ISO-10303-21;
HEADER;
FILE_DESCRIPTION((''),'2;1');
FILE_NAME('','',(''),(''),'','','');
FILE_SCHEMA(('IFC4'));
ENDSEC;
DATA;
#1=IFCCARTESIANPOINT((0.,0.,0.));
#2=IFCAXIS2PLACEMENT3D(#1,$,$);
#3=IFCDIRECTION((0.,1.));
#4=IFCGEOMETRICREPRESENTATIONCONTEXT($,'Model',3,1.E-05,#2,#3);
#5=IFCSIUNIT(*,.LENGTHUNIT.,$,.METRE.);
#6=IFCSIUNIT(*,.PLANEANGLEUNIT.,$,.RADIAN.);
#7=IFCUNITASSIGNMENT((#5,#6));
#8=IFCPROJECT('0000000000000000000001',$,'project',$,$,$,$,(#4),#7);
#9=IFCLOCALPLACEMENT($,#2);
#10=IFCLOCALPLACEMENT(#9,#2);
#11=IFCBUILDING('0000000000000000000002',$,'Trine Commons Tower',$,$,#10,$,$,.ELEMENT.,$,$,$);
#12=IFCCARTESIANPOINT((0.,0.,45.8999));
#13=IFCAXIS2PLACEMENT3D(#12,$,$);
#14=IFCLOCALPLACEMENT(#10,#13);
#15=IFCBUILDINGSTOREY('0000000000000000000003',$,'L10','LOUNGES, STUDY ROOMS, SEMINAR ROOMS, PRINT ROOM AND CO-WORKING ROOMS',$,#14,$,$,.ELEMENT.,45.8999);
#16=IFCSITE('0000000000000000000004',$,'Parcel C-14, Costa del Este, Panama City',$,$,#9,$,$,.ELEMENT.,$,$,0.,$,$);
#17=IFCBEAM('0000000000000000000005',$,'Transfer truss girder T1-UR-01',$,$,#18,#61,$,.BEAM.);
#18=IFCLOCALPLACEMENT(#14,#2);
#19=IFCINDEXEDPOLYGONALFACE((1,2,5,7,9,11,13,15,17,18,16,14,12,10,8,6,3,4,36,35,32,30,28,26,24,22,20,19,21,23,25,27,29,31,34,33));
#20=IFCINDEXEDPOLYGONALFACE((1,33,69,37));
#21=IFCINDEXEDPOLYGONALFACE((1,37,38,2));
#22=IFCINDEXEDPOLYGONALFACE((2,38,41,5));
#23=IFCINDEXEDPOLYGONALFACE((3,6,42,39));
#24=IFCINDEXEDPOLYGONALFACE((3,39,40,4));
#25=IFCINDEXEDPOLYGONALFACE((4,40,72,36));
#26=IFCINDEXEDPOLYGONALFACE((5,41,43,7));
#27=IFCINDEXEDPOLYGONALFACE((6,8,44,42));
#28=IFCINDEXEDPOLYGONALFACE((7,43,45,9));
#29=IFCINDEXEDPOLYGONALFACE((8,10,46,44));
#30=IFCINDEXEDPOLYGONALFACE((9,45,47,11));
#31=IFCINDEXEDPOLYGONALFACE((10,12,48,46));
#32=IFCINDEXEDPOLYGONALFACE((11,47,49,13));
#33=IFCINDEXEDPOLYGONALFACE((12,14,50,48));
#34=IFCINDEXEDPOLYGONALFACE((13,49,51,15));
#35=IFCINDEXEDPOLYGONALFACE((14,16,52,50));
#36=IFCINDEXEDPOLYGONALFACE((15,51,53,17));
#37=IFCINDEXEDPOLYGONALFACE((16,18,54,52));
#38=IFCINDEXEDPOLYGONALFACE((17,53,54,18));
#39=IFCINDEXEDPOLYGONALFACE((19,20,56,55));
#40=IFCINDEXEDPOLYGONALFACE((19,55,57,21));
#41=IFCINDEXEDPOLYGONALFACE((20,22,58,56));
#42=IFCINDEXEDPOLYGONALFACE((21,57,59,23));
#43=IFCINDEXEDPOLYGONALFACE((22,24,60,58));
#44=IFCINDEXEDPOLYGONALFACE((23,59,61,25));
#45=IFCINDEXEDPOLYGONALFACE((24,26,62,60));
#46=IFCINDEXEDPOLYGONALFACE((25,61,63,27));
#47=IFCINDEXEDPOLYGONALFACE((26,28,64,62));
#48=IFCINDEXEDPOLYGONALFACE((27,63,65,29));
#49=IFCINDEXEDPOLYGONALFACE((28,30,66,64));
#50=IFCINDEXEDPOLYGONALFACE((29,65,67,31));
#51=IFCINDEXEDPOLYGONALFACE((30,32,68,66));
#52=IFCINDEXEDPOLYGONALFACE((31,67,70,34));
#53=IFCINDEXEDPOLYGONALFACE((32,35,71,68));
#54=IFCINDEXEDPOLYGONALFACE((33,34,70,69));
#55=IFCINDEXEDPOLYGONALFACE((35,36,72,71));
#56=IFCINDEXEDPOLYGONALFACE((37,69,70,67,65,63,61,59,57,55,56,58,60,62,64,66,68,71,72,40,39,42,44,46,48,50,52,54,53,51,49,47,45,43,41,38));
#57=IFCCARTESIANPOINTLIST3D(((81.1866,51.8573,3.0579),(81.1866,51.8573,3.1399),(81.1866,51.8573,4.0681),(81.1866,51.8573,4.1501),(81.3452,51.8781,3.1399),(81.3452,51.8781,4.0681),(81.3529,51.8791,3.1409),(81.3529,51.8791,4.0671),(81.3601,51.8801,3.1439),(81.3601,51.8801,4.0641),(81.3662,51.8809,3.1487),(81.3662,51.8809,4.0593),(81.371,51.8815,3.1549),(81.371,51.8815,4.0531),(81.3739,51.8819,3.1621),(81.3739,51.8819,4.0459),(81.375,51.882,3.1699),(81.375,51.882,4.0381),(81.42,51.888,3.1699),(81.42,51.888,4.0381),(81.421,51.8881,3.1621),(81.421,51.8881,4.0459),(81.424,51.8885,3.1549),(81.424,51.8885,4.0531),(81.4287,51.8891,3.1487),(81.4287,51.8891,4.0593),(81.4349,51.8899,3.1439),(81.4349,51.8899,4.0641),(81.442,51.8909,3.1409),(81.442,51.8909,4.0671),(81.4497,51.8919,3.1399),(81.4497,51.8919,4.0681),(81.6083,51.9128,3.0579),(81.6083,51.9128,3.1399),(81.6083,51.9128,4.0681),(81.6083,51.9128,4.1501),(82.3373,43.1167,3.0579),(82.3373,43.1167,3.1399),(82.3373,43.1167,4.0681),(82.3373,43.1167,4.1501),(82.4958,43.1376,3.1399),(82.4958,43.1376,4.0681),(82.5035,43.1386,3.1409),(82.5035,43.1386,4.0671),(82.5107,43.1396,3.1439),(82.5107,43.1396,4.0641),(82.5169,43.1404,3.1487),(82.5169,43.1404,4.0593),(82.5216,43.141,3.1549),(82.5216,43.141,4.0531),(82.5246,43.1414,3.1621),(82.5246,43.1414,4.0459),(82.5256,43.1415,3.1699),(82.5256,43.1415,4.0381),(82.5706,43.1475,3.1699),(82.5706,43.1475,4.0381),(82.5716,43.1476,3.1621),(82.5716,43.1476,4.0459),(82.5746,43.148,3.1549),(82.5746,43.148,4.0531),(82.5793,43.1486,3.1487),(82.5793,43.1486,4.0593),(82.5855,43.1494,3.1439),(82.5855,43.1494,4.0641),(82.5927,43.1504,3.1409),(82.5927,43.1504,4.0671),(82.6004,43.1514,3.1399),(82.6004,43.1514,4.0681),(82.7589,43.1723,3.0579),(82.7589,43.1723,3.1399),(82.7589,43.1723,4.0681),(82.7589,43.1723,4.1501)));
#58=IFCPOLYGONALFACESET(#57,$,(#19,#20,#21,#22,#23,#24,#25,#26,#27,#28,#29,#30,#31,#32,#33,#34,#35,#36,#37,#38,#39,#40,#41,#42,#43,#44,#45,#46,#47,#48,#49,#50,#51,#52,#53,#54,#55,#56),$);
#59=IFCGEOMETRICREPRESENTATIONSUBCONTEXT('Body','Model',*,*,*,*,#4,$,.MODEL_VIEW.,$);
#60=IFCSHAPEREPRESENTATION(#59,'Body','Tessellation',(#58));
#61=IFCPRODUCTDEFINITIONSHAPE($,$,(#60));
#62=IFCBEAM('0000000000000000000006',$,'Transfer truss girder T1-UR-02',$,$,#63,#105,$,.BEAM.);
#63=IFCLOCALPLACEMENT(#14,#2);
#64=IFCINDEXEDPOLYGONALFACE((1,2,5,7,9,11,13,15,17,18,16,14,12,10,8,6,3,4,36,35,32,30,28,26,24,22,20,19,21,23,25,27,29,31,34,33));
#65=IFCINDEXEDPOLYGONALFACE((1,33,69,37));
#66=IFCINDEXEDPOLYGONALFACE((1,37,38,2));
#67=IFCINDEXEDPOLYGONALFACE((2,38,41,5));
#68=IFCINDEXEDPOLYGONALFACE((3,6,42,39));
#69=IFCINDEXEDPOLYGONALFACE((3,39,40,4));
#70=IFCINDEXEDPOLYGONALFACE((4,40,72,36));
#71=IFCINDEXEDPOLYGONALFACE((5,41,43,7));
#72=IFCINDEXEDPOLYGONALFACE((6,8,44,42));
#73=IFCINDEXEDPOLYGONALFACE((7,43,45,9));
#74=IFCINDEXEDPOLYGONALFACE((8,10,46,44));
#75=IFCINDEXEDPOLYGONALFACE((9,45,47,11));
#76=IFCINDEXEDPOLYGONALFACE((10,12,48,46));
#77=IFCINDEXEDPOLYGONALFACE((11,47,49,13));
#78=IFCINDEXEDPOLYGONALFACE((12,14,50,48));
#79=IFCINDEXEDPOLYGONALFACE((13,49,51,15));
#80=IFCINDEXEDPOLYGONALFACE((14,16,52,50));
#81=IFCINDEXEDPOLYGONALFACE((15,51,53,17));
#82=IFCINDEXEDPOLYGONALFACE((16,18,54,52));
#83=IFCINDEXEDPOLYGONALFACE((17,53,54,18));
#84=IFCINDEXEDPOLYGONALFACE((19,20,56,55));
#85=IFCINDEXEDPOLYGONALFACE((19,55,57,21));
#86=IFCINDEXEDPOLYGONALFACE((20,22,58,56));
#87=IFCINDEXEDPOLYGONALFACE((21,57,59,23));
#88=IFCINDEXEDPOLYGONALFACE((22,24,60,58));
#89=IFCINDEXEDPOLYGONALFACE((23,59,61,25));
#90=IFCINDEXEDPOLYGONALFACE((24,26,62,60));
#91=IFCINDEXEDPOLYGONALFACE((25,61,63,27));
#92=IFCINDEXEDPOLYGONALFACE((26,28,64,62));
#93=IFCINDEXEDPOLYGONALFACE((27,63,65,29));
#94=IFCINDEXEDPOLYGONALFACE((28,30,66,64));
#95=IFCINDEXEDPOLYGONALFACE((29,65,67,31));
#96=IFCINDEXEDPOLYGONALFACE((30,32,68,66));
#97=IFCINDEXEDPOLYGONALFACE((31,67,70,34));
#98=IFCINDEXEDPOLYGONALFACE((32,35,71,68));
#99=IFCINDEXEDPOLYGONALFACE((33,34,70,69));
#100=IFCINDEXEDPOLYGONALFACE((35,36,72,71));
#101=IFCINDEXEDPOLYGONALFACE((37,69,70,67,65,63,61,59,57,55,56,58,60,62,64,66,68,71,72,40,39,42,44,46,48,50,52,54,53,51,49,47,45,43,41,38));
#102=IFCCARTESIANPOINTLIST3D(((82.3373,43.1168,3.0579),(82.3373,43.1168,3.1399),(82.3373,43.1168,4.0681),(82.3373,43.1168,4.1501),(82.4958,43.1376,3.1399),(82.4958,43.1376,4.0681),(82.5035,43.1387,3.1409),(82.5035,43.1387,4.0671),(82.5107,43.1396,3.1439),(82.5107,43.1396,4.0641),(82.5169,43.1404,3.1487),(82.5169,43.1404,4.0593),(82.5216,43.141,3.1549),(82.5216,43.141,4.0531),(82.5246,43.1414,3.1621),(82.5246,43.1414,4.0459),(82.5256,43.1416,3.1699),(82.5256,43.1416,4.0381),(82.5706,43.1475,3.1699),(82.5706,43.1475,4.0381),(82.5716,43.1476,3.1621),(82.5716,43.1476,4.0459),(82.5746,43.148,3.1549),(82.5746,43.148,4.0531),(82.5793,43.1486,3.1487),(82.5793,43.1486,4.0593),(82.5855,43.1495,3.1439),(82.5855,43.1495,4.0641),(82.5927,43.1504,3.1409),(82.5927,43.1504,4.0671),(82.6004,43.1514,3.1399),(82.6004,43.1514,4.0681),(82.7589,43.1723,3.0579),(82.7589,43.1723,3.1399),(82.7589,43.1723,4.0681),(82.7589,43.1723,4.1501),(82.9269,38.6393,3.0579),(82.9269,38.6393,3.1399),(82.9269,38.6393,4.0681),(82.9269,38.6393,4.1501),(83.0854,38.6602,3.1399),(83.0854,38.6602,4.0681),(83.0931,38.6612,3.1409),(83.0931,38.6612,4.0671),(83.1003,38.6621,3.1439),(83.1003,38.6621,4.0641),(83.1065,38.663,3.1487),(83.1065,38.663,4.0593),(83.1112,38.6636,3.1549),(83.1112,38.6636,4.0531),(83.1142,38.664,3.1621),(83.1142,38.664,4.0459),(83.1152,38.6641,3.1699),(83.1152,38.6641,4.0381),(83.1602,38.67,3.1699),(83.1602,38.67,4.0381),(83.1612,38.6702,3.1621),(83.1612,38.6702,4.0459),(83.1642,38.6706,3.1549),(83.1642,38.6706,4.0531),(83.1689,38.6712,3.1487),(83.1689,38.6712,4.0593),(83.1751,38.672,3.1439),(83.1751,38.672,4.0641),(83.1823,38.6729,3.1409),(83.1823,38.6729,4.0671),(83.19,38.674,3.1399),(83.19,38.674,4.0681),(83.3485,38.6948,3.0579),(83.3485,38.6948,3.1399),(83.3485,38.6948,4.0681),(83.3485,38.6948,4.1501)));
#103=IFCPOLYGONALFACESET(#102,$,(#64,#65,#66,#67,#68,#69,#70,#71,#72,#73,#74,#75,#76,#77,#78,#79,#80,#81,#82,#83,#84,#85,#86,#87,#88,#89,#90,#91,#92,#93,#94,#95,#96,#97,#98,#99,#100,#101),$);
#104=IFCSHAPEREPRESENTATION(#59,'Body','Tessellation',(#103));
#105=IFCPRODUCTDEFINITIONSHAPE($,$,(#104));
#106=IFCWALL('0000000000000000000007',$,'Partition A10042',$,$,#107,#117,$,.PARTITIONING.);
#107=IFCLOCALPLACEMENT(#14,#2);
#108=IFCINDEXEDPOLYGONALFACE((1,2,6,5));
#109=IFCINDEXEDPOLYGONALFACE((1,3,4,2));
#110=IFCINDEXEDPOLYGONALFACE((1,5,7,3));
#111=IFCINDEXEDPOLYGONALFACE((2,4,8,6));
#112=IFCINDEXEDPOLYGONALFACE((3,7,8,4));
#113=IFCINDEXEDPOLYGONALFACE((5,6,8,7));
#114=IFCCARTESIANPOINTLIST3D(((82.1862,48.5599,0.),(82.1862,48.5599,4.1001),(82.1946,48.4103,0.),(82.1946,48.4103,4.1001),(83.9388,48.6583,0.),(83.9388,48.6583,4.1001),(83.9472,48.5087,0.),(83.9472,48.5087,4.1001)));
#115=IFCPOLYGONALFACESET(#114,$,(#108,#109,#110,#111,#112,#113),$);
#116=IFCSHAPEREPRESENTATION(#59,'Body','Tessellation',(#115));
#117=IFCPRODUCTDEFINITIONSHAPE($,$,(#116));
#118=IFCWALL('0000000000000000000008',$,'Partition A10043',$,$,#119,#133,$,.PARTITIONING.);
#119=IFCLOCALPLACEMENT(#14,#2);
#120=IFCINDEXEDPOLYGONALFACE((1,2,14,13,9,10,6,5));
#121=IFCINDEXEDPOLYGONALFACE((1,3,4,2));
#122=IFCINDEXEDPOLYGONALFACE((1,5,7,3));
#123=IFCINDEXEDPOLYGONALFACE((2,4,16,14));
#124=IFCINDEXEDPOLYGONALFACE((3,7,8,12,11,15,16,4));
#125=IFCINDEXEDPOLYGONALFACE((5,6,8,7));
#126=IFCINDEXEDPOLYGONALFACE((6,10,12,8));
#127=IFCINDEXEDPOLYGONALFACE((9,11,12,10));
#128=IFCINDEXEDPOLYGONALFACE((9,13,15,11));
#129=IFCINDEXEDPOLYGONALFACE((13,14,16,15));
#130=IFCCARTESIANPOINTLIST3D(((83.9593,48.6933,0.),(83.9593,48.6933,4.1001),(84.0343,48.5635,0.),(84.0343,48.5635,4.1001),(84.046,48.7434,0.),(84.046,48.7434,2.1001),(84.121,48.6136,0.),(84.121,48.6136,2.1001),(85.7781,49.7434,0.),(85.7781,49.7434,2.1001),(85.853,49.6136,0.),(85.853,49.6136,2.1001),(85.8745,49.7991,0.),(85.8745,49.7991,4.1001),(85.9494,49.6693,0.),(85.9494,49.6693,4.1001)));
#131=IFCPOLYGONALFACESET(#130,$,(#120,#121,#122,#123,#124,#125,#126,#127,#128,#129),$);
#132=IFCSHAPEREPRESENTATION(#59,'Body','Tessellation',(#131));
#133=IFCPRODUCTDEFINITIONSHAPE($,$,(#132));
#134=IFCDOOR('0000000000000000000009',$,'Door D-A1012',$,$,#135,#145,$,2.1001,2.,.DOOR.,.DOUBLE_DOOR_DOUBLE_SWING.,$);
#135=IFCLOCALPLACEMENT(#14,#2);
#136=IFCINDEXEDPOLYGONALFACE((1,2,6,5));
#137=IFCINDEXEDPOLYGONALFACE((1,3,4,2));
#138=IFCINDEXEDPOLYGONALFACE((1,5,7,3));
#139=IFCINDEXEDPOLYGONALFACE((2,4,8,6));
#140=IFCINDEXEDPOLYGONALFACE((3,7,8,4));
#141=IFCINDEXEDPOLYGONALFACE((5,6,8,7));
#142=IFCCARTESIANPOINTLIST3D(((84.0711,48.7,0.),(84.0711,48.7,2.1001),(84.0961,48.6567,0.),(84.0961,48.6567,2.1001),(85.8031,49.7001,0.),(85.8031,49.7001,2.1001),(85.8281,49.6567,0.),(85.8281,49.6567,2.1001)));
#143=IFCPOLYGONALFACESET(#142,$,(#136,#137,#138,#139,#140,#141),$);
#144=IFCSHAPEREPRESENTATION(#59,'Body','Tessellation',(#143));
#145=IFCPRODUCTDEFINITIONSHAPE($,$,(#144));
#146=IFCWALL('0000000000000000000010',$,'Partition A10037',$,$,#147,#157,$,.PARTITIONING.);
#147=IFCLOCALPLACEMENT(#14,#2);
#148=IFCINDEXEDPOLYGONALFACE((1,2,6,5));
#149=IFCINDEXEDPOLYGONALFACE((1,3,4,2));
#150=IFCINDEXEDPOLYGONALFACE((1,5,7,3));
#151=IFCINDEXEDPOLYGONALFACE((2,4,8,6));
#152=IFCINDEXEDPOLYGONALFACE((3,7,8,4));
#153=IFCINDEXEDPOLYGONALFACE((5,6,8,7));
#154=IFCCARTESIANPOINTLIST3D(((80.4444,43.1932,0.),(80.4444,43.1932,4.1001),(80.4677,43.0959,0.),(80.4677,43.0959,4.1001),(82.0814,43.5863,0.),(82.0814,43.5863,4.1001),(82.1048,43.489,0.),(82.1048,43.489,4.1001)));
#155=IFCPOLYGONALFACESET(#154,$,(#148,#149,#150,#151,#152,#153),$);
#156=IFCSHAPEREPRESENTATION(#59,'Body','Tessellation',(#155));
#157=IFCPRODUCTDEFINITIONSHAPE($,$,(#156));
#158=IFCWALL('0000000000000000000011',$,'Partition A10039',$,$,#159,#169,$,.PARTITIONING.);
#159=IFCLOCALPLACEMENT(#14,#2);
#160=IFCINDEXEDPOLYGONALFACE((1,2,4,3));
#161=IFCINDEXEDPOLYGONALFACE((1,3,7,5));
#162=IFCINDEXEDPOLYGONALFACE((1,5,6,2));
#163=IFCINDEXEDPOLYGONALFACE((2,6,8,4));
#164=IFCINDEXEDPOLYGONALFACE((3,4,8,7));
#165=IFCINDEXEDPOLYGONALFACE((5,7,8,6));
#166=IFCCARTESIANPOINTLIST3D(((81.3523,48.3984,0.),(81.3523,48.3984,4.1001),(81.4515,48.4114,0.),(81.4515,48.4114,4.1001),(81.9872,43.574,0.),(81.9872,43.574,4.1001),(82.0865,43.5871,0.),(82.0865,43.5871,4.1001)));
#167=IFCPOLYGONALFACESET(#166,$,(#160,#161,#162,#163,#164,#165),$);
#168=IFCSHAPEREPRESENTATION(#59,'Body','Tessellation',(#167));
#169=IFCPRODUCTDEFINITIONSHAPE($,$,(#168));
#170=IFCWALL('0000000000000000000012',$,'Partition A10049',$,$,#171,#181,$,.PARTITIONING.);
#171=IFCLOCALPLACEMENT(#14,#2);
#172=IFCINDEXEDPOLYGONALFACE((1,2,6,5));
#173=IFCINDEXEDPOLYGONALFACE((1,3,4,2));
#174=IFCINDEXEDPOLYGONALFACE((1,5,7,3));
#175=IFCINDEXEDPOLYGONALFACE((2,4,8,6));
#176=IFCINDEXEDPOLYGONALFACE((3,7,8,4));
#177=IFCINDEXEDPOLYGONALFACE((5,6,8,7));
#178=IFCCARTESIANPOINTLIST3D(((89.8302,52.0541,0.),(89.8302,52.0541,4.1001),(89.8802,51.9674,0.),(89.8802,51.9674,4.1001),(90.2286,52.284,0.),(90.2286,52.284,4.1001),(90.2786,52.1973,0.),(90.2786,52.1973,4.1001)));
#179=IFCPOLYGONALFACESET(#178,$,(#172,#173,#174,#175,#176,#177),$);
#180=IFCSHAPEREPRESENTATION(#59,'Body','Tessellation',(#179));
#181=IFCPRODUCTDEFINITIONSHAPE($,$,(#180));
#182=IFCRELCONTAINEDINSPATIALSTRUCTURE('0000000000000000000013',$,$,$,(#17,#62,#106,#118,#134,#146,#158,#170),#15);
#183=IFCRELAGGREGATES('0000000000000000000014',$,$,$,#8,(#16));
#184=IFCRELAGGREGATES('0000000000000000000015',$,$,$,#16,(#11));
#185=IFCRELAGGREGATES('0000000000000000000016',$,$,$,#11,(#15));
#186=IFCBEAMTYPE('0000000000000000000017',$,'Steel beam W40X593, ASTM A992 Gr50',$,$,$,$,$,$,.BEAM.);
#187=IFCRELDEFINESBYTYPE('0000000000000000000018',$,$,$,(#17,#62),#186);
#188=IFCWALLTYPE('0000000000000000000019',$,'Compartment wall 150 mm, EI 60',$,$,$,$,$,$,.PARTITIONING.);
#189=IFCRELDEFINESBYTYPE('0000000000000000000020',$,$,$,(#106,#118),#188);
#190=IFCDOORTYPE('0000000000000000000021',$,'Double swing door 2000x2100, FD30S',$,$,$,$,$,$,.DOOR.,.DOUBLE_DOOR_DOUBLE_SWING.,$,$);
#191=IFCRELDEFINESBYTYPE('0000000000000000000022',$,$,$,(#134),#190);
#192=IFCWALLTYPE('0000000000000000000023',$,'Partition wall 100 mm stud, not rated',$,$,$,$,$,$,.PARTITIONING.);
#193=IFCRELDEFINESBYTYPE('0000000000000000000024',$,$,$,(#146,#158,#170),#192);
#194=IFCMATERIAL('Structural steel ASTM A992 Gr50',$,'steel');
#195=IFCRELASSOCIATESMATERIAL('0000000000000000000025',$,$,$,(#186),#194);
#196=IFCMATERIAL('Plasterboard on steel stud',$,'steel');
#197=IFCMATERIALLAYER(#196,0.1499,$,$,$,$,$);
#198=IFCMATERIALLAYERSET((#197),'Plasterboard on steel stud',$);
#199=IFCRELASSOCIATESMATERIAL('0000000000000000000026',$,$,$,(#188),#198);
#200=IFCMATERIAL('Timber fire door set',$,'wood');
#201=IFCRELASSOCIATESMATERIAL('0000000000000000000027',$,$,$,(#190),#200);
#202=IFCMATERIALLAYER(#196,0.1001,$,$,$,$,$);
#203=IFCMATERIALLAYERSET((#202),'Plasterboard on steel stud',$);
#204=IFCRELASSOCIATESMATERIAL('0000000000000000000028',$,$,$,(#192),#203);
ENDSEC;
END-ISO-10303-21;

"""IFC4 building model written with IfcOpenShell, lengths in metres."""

from ifc_helpers import new_model, si_unit, direction, frame, frame_2d, origin, origin_2d, place, context, subcontext, project, spatial, rectangle, i_section, extrude, material, layer, layer_set, material_profile, profile_set, type_object, element, fill, save


model = new_model("IFC4")

# Units and contexts
model_context = context("Model", 3, precision=1e-05, world=origin(), true_north=direction((0.0, 1.0)))
body_context = subcontext(model_context, "Body", "Model", "MODEL_VIEW")
ifc_project = project(units=[si_unit("LENGTHUNIT", "METRE"), si_unit("PLANEANGLEUNIT", "RADIAN")], contexts=[model_context])

# Site, building, storey
site_placement = place(None, origin())
site = spatial("IfcSite", under=ifc_project, at=site_placement, Name="Parcel C-14, Costa del Este, Panama City", CompositionType="ELEMENT", RefElevation=0.0)
building_placement = place(site_placement, origin())
building = spatial("IfcBuilding", under=site, at=building_placement, Name="Trine Commons Tower", CompositionType="ELEMENT")
storey_placement = place(building_placement, frame((0.0, 0.0, 45.8999)))
storey = spatial("IfcBuildingStorey", under=building, at=storey_placement, Name="L10", Description="LOUNGES, STUDY ROOMS, SEMINAR ROOMS, PRINT ROOM AND CO-WORKING ROOMS", CompositionType="ELEMENT", Elevation=45.8999)

# Beams
ifc_material_1 = material(Name="Structural steel ASTM A992 Gr50", Category="steel")
ifc_material_profile = material_profile(ifc_material_1, i_section(OverallWidth=0.4253, OverallDepth=1.0923, WebThickness=0.0454, FlangeThickness=0.082, FilletRadius=0.03, at=origin_2d()), Name="W40X593")
ifc_profile_set = profile_set([ifc_material_profile], Name="Structural steel ASTM A992 Gr50")
beam_type = type_object("IfcBeamType", Name="Steel beam W40X593, ASTM A992 Gr50", PredefinedType="BEAM", material=ifc_profile_set)
beam_1_placement = place(storey_placement, frame((81.3975, 51.885, 3.604), z_axis=(0.130518, -0.991446, 0.0), x_axis=(0.991446, 0.130518, 0.0)))
element("IfcBeam", 1, at=beam_1_placement, inside=storey, type_object=beam_type, Name="Transfer truss girder T1-UR-01", PredefinedType="BEAM", context=body_context, shape_type="SweptSolid", body=[
    extrude(i_section(OverallWidth=0.4253, OverallDepth=1.0923, WebThickness=0.0454, FlangeThickness=0.082, FilletRadius=0.03, at=origin_2d()), origin(), (0.0, 0.0, 1.0), 8.8159),
])
beam_2_placement = place(storey_placement, frame((82.5481, 43.1445, 3.604), z_axis=(0.130552, -0.991441, 0.0), x_axis=(0.991441, 0.130552, 0.0)))
element("IfcBeam", 2, at=beam_2_placement, inside=storey, type_object=beam_type, Name="Transfer truss girder T1-UR-02", PredefinedType="BEAM", context=body_context, shape_type="SweptSolid", body=[
    extrude(i_section(OverallWidth=0.4253, OverallDepth=1.0923, WebThickness=0.0454, FlangeThickness=0.082, FilletRadius=0.03, at=origin_2d()), origin(), (0.0, 0.0, 1.0), 4.5161),
])

# Wall
ifc_material_2 = material(Name="Plasterboard on steel stud", Category="steel")
ifc_layer_1 = layer(ifc_material_2, 0.1499)
ifc_layer_set_1 = layer_set([ifc_layer_1], Name="Plasterboard on steel stud")
wall_type_1 = type_object("IfcWallType", Name="Compartment wall 150 mm, EI 60", PredefinedType="PARTITIONING", material=ifc_layer_set_1)
wall_1_placement = place(storey_placement, frame((82.1904, 48.4851, 0.0), z_axis=(0.0, 0.0, 1.0), x_axis=(0.998428, 0.056048, 0.0)))
element("IfcWall", 3, at=wall_1_placement, inside=storey, type_object=wall_type_1, Name="Partition A10042", PredefinedType="PARTITIONING", context=body_context, shape_type="SweptSolid", body=[
    extrude(rectangle(XDim=1.7554, YDim=0.1499, at=frame_2d((0.8777, 0.0))), origin(), (0.0, 0.0, 1.0), 4.1001),
])

# Wall, opening, door
wall_2_placement = place(storey_placement, frame((83.9968, 48.6284, 0.0), z_axis=(0.0, 0.0, 1.0), x_axis=(0.866013, 0.500022, 0.0)))
wall_2 = element("IfcWall", 4, at=wall_2_placement, inside=storey, type_object=wall_type_1, Name="Partition A10043", PredefinedType="PARTITIONING", context=body_context, shape_type="SweptSolid", body=[
    extrude(rectangle(XDim=2.2114, YDim=0.1499, at=frame_2d((1.1057, 0.0))), origin(), (0.0, 0.0, 1.0), 4.1001),
])
opening_1_placement = place(wall_2_placement, frame((0.1001, 0.0, 0.0)))
opening_1 = element("IfcOpeningElement", 5, at=opening_1_placement, cuts=wall_2, PredefinedType="OPENING", context=body_context, shape_type="SweptSolid", body=[
    extrude(rectangle(XDim=2.0, YDim=2.1001, at=frame_2d((1.0, 1.05))), frame((0.0, 0.085, 0.0), z_axis=(0.0, -1.0, 0.0), x_axis=(1.0, 0.0, 0.0)), (0.0, 0.0, 1.0), 0.1699),
])
ifc_material_3 = material(Name="Timber fire door set", Category="wood")
door_type_1 = type_object("IfcDoorType", Name="Double swing door 2000x2100, FD30S", OperationType="DOUBLE_DOOR_DOUBLE_SWING", PredefinedType="DOOR", material=ifc_material_3)
door_1_placement = place(opening_1_placement, origin())
door_1 = element("IfcDoor", 6, at=door_1_placement, inside=storey, type_object=door_type_1, Name="Door D-A1012", OperationType="DOUBLE_DOOR_DOUBLE_SWING", OverallHeight=2.1001, OverallWidth=2.0, PredefinedType="DOOR", context=body_context, shape_type="SweptSolid", body=[
    extrude(rectangle(XDim=2.0, YDim=2.1001, at=frame_2d((1.0, 1.05))), frame((0.0, 0.0249, 0.0), z_axis=(0.0, -1.0, 0.0), x_axis=(1.0, 0.0, 0.0)), (0.0, 0.0, 1.0), 0.05),
])
fill(opening_1, door_1)

# Walls
ifc_layer_2 = layer(ifc_material_2, 0.1001)
ifc_layer_set_2 = layer_set([ifc_layer_2], Name="Plasterboard on steel stud")
wall_type_2 = type_object("IfcWallType", Name="Partition wall 100 mm stud, not rated", PredefinedType="PARTITIONING", material=ifc_layer_set_2)
wall_3_placement = place(storey_placement, frame((80.4561, 43.1445, 0.0), z_axis=(0.0, 0.0, 1.0), x_axis=(0.972361, 0.233483, 0.0)))
element("IfcWall", 7, at=wall_3_placement, inside=storey, type_object=wall_type_2, Name="Partition A10037", PredefinedType="PARTITIONING", context=body_context, shape_type="SweptSolid", body=[
    extrude(rectangle(XDim=1.6836, YDim=0.1001, at=frame_2d((0.8418, 0.0))), origin(), (0.0, 0.0, 1.0), 4.1001),
])
wall_4_placement = place(storey_placement, frame((81.4019, 48.405, 0.0), z_axis=(0.0, 0.0, 1.0), x_axis=(0.130497, -0.991449, 0.0)))
element("IfcWall", 8, at=wall_4_placement, inside=storey, type_object=wall_type_2, Name="Partition A10039", PredefinedType="PARTITIONING", context=body_context, shape_type="SweptSolid", body=[
    extrude(rectangle(XDim=4.866, YDim=0.1001, at=frame_2d((2.4331, 0.0))), origin(), (0.0, 0.0, 1.0), 4.1001),
])
wall_5_placement = place(storey_placement, frame((89.8552, 52.0107, 0.0), z_axis=(0.0, 0.0, 1.0), x_axis=(0.86608, 0.499906, 0.0)))
element("IfcWall", 9, at=wall_5_placement, inside=storey, type_object=wall_type_2, Name="Partition A10049", PredefinedType="PARTITIONING", context=body_context, shape_type="SweptSolid", body=[
    extrude(rectangle(XDim=0.46, YDim=0.1001, at=frame_2d((0.23, 0.0))), origin(), (0.0, 0.0, 1.0), 4.1001),
])

save(model, "model.ifc")
